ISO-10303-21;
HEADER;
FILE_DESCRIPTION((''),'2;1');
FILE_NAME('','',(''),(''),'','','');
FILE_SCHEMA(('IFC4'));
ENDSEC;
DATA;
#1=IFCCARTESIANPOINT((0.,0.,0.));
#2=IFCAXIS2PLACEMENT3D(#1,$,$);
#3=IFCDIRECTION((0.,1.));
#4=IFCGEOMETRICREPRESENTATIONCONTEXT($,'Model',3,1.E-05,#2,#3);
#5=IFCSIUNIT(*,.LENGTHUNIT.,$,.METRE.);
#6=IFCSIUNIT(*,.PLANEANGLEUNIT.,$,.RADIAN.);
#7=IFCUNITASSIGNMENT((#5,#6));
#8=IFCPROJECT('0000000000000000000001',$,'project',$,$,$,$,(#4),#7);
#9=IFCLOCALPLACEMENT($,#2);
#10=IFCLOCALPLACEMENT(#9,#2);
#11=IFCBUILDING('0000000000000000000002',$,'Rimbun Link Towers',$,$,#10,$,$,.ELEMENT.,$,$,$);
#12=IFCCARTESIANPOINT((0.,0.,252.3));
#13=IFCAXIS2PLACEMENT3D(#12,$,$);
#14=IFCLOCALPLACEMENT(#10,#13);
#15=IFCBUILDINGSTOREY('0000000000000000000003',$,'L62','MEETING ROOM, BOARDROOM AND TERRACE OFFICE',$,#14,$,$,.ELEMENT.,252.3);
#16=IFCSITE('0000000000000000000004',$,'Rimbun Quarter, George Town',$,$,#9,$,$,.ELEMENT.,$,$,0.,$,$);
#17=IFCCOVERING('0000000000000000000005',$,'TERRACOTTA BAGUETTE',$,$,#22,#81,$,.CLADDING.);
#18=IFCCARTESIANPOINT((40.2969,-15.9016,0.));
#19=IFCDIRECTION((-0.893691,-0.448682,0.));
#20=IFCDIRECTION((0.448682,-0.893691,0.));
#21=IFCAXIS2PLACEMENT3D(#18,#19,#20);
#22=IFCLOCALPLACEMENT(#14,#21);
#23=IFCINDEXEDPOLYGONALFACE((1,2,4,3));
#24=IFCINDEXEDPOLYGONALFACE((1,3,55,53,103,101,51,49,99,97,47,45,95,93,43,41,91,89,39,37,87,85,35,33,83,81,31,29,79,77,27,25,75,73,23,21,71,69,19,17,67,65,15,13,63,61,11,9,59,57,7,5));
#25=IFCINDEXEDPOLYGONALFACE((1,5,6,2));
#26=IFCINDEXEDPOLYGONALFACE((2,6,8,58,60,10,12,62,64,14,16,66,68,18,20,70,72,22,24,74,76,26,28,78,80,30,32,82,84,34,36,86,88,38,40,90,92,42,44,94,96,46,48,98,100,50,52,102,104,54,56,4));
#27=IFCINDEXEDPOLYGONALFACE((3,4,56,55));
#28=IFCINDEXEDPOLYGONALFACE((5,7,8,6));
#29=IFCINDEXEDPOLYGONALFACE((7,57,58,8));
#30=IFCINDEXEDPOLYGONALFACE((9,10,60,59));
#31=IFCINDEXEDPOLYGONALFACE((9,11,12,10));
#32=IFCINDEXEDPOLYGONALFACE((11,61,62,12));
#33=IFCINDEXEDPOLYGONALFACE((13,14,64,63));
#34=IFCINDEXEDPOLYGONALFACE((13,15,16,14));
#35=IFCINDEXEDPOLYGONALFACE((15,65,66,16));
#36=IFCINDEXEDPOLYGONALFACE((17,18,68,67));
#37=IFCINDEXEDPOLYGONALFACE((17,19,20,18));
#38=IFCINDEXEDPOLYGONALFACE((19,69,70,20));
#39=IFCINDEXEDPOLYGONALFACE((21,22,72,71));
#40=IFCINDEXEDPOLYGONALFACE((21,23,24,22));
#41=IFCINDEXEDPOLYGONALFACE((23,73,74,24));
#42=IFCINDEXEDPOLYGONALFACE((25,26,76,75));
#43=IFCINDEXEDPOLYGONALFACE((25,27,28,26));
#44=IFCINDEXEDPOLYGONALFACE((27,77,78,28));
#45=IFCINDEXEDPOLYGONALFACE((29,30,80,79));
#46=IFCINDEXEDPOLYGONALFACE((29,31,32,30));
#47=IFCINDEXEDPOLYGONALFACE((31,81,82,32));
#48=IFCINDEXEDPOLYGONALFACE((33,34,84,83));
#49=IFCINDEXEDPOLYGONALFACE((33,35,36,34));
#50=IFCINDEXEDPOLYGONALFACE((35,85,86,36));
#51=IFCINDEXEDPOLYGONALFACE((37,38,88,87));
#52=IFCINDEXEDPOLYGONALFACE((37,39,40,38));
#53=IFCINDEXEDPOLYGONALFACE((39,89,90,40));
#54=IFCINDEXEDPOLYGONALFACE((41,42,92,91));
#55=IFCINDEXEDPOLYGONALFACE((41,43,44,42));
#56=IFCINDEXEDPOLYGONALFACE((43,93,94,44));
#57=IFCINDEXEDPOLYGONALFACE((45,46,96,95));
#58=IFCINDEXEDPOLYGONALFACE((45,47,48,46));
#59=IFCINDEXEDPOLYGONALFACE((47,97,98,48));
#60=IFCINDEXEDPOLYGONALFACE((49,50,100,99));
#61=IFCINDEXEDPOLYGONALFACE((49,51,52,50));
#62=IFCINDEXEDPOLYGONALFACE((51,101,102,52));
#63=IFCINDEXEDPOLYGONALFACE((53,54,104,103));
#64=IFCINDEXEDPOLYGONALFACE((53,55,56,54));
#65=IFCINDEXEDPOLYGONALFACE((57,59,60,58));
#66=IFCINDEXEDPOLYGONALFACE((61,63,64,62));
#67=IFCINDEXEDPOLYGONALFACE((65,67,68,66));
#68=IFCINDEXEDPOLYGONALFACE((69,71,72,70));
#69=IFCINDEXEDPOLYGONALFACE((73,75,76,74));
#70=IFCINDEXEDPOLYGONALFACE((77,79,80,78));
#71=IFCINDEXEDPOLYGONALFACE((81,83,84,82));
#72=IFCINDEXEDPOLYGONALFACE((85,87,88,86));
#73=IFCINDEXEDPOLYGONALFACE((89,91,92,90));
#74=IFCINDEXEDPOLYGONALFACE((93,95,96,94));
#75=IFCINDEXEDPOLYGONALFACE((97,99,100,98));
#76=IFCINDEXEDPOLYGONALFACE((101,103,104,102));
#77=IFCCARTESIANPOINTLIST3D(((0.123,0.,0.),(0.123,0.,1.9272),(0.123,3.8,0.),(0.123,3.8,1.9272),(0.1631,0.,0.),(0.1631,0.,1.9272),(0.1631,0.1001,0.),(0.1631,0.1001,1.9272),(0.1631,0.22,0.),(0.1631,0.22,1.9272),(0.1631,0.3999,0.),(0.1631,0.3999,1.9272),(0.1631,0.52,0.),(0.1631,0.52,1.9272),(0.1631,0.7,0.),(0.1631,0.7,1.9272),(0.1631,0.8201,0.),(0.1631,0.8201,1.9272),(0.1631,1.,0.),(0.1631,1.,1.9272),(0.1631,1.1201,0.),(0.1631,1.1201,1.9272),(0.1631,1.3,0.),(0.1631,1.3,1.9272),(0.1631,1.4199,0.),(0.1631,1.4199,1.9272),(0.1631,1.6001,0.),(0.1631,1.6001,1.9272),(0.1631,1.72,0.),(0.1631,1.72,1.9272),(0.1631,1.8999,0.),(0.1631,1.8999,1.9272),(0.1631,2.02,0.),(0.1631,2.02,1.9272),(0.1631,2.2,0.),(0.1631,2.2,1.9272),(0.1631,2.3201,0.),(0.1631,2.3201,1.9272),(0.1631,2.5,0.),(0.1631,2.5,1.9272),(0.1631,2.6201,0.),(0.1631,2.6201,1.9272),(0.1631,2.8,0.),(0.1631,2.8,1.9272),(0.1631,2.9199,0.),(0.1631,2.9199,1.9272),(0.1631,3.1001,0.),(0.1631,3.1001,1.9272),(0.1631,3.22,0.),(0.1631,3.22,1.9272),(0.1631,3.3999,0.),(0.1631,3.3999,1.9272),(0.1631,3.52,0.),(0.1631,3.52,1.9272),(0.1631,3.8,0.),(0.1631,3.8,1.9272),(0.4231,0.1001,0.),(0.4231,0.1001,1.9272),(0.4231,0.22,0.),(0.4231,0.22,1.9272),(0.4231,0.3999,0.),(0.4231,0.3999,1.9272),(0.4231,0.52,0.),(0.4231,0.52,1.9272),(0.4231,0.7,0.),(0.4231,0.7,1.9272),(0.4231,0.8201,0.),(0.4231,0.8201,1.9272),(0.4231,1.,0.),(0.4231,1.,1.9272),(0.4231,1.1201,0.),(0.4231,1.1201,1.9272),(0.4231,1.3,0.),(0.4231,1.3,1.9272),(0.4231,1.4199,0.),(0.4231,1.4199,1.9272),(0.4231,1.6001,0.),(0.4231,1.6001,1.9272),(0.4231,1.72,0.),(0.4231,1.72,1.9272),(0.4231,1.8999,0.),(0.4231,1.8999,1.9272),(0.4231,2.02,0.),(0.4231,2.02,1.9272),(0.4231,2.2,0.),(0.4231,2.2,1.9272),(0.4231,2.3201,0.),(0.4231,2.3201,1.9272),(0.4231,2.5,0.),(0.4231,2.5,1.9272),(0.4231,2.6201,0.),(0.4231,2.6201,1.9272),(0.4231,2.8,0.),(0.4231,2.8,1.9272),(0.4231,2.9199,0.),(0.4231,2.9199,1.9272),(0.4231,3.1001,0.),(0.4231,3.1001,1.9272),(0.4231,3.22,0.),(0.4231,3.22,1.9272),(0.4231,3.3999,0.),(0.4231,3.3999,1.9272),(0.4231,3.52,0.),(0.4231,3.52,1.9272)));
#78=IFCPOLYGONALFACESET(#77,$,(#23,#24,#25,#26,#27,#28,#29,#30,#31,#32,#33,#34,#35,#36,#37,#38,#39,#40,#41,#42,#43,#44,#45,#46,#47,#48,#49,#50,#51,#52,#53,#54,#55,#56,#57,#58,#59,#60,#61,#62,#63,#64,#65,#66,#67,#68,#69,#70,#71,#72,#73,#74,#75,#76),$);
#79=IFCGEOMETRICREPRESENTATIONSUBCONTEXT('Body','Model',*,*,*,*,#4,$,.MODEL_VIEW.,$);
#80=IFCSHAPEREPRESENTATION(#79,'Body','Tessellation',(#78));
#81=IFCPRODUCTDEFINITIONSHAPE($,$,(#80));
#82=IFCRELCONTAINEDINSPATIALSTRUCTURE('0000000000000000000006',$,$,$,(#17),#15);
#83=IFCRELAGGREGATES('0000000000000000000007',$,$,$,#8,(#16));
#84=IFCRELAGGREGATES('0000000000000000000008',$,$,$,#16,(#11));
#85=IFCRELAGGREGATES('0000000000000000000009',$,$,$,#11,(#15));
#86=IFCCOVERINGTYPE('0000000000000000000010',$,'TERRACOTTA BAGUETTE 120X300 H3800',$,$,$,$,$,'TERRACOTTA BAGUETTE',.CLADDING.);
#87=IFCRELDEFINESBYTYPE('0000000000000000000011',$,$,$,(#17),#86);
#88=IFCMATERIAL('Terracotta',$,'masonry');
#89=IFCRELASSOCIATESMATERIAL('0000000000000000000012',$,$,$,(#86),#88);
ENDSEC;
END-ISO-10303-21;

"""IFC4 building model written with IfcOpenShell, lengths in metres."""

from ifc_helpers import new_model, si_unit, direction, frame, origin, place, context, subcontext, project, spatial, polyline, outline, extrude, material, material_profile, profile_set, type_object, element, save


model = new_model("IFC4")

# Units and contexts
model_context = context("Model", 3, precision=1e-05, world=origin(), true_north=direction((0.0, 1.0)))
body_context = subcontext(model_context, "Body", "Model", "MODEL_VIEW")
ifc_project = project(units=[si_unit("LENGTHUNIT", "METRE"), si_unit("PLANEANGLEUNIT", "RADIAN")], contexts=[model_context])

# Site, building, storey
site_placement = place(None, origin())
site = spatial("IfcSite", under=ifc_project, at=site_placement, Name="Rimbun Quarter, George Town", CompositionType="ELEMENT", RefElevation=0.0)
building_placement = place(site_placement, origin())
building = spatial("IfcBuilding", under=site, at=building_placement, Name="Rimbun Link Towers", CompositionType="ELEMENT")
storey_placement = place(building_placement, frame((0.0, 0.0, 252.3)))
storey = spatial("IfcBuildingStorey", under=building, at=storey_placement, Name="L62", Description="MEETING ROOM, BOARDROOM AND TERRACE OFFICE", CompositionType="ELEMENT", Elevation=252.3)

# Covering
ifc_material_1 = material(Name="Terracotta", Category="masonry")
ifc_material_profile_1 = material_profile(ifc_material_1, outline(polyline([(0.123, 0.0), (0.1631, 0.0), (0.1631, 0.1001), (0.4231, 0.1001), (0.4231, 0.22), (0.1631, 0.22), (0.1631, 0.3999), (0.4231, 0.3999), (0.4231, 0.52), (0.1631, 0.52), (0.1631, 0.7), (0.4231, 0.7), (0.4231, 0.8201), (0.1631, 0.8201), (0.1631, 1.0), (0.4231, 1.0), (0.4231, 1.1201), (0.1631, 1.1201), (0.1631, 1.3), (0.4231, 1.3), (0.4231, 1.4199), (0.1631, 1.4199), (0.1631, 1.6001), (0.4231, 1.6001), (0.4231, 1.72), (0.1631, 1.72), (0.1631, 1.8999), (0.4231, 1.8999), (0.4231, 2.02), (0.1631, 2.02), (0.1631, 2.2), (0.4231, 2.2), (0.4231, 2.3201), (0.1631, 2.3201), (0.1631, 2.5), (0.4231, 2.5), (0.4231, 2.6201), (0.1631, 2.6201), (0.1631, 2.8), (0.4231, 2.8), (0.4231, 2.9199), (0.1631, 2.9199), (0.1631, 3.1001), (0.4231, 3.1001), (0.4231, 3.22), (0.1631, 3.22), (0.1631, 3.3999), (0.4231, 3.3999), (0.4231, 3.52), (0.1631, 3.52), (0.1631, 3.8), (0.123, 3.8), (0.123, 0.0)])), Name="BAGUETTE 120X300")
ifc_profile_set_1 = profile_set([ifc_material_profile_1], Name="Terracotta")
covering_type = type_object("IfcCoveringType", Name="TERRACOTTA BAGUETTE 120X300 H3800", ElementType="TERRACOTTA BAGUETTE", PredefinedType="CLADDING", material=ifc_profile_set_1)
covering_1_placement = place(storey_placement, frame((40.2969, -15.9016, 0.0), z_axis=(-0.893691, -0.448682, 0.0), x_axis=(0.448682, -0.893691, 0.0)))
element("IfcCovering", 1, at=covering_1_placement, inside=storey, type_object=covering_type, Name="TERRACOTTA BAGUETTE", PredefinedType="CLADDING", context=body_context, shape_type="SweptSolid", body=[
    extrude(outline(polyline([(0.123, 0.0), (0.1631, 0.0), (0.1631, 0.1001), (0.4231, 0.1001), (0.4231, 0.22), (0.1631, 0.22), (0.1631, 0.3999), (0.4231, 0.3999), (0.4231, 0.52), (0.1631, 0.52), (0.1631, 0.7), (0.4231, 0.7), (0.4231, 0.8201), (0.1631, 0.8201), (0.1631, 1.0), (0.4231, 1.0), (0.4231, 1.1201), (0.1631, 1.1201), (0.1631, 1.3), (0.4231, 1.3), (0.4231, 1.4199), (0.1631, 1.4199), (0.1631, 1.6001), (0.4231, 1.6001), (0.4231, 1.72), (0.1631, 1.72), (0.1631, 1.8999), (0.4231, 1.8999), (0.4231, 2.02), (0.1631, 2.02), (0.1631, 2.2), (0.4231, 2.2), (0.4231, 2.3201), (0.1631, 2.3201), (0.1631, 2.5), (0.4231, 2.5), (0.4231, 2.6201), (0.1631, 2.6201), (0.1631, 2.8), (0.4231, 2.8), (0.4231, 2.9199), (0.1631, 2.9199), (0.1631, 3.1001), (0.4231, 3.1001), (0.4231, 3.22), (0.1631, 3.22), (0.1631, 3.3999), (0.4231, 3.3999), (0.4231, 3.52), (0.1631, 3.52), (0.1631, 3.8), (0.123, 3.8), (0.123, 0.0)])), origin(), (0.0, 0.0, 1.0), 1.9272),
])

save(model, "model.ifc")
